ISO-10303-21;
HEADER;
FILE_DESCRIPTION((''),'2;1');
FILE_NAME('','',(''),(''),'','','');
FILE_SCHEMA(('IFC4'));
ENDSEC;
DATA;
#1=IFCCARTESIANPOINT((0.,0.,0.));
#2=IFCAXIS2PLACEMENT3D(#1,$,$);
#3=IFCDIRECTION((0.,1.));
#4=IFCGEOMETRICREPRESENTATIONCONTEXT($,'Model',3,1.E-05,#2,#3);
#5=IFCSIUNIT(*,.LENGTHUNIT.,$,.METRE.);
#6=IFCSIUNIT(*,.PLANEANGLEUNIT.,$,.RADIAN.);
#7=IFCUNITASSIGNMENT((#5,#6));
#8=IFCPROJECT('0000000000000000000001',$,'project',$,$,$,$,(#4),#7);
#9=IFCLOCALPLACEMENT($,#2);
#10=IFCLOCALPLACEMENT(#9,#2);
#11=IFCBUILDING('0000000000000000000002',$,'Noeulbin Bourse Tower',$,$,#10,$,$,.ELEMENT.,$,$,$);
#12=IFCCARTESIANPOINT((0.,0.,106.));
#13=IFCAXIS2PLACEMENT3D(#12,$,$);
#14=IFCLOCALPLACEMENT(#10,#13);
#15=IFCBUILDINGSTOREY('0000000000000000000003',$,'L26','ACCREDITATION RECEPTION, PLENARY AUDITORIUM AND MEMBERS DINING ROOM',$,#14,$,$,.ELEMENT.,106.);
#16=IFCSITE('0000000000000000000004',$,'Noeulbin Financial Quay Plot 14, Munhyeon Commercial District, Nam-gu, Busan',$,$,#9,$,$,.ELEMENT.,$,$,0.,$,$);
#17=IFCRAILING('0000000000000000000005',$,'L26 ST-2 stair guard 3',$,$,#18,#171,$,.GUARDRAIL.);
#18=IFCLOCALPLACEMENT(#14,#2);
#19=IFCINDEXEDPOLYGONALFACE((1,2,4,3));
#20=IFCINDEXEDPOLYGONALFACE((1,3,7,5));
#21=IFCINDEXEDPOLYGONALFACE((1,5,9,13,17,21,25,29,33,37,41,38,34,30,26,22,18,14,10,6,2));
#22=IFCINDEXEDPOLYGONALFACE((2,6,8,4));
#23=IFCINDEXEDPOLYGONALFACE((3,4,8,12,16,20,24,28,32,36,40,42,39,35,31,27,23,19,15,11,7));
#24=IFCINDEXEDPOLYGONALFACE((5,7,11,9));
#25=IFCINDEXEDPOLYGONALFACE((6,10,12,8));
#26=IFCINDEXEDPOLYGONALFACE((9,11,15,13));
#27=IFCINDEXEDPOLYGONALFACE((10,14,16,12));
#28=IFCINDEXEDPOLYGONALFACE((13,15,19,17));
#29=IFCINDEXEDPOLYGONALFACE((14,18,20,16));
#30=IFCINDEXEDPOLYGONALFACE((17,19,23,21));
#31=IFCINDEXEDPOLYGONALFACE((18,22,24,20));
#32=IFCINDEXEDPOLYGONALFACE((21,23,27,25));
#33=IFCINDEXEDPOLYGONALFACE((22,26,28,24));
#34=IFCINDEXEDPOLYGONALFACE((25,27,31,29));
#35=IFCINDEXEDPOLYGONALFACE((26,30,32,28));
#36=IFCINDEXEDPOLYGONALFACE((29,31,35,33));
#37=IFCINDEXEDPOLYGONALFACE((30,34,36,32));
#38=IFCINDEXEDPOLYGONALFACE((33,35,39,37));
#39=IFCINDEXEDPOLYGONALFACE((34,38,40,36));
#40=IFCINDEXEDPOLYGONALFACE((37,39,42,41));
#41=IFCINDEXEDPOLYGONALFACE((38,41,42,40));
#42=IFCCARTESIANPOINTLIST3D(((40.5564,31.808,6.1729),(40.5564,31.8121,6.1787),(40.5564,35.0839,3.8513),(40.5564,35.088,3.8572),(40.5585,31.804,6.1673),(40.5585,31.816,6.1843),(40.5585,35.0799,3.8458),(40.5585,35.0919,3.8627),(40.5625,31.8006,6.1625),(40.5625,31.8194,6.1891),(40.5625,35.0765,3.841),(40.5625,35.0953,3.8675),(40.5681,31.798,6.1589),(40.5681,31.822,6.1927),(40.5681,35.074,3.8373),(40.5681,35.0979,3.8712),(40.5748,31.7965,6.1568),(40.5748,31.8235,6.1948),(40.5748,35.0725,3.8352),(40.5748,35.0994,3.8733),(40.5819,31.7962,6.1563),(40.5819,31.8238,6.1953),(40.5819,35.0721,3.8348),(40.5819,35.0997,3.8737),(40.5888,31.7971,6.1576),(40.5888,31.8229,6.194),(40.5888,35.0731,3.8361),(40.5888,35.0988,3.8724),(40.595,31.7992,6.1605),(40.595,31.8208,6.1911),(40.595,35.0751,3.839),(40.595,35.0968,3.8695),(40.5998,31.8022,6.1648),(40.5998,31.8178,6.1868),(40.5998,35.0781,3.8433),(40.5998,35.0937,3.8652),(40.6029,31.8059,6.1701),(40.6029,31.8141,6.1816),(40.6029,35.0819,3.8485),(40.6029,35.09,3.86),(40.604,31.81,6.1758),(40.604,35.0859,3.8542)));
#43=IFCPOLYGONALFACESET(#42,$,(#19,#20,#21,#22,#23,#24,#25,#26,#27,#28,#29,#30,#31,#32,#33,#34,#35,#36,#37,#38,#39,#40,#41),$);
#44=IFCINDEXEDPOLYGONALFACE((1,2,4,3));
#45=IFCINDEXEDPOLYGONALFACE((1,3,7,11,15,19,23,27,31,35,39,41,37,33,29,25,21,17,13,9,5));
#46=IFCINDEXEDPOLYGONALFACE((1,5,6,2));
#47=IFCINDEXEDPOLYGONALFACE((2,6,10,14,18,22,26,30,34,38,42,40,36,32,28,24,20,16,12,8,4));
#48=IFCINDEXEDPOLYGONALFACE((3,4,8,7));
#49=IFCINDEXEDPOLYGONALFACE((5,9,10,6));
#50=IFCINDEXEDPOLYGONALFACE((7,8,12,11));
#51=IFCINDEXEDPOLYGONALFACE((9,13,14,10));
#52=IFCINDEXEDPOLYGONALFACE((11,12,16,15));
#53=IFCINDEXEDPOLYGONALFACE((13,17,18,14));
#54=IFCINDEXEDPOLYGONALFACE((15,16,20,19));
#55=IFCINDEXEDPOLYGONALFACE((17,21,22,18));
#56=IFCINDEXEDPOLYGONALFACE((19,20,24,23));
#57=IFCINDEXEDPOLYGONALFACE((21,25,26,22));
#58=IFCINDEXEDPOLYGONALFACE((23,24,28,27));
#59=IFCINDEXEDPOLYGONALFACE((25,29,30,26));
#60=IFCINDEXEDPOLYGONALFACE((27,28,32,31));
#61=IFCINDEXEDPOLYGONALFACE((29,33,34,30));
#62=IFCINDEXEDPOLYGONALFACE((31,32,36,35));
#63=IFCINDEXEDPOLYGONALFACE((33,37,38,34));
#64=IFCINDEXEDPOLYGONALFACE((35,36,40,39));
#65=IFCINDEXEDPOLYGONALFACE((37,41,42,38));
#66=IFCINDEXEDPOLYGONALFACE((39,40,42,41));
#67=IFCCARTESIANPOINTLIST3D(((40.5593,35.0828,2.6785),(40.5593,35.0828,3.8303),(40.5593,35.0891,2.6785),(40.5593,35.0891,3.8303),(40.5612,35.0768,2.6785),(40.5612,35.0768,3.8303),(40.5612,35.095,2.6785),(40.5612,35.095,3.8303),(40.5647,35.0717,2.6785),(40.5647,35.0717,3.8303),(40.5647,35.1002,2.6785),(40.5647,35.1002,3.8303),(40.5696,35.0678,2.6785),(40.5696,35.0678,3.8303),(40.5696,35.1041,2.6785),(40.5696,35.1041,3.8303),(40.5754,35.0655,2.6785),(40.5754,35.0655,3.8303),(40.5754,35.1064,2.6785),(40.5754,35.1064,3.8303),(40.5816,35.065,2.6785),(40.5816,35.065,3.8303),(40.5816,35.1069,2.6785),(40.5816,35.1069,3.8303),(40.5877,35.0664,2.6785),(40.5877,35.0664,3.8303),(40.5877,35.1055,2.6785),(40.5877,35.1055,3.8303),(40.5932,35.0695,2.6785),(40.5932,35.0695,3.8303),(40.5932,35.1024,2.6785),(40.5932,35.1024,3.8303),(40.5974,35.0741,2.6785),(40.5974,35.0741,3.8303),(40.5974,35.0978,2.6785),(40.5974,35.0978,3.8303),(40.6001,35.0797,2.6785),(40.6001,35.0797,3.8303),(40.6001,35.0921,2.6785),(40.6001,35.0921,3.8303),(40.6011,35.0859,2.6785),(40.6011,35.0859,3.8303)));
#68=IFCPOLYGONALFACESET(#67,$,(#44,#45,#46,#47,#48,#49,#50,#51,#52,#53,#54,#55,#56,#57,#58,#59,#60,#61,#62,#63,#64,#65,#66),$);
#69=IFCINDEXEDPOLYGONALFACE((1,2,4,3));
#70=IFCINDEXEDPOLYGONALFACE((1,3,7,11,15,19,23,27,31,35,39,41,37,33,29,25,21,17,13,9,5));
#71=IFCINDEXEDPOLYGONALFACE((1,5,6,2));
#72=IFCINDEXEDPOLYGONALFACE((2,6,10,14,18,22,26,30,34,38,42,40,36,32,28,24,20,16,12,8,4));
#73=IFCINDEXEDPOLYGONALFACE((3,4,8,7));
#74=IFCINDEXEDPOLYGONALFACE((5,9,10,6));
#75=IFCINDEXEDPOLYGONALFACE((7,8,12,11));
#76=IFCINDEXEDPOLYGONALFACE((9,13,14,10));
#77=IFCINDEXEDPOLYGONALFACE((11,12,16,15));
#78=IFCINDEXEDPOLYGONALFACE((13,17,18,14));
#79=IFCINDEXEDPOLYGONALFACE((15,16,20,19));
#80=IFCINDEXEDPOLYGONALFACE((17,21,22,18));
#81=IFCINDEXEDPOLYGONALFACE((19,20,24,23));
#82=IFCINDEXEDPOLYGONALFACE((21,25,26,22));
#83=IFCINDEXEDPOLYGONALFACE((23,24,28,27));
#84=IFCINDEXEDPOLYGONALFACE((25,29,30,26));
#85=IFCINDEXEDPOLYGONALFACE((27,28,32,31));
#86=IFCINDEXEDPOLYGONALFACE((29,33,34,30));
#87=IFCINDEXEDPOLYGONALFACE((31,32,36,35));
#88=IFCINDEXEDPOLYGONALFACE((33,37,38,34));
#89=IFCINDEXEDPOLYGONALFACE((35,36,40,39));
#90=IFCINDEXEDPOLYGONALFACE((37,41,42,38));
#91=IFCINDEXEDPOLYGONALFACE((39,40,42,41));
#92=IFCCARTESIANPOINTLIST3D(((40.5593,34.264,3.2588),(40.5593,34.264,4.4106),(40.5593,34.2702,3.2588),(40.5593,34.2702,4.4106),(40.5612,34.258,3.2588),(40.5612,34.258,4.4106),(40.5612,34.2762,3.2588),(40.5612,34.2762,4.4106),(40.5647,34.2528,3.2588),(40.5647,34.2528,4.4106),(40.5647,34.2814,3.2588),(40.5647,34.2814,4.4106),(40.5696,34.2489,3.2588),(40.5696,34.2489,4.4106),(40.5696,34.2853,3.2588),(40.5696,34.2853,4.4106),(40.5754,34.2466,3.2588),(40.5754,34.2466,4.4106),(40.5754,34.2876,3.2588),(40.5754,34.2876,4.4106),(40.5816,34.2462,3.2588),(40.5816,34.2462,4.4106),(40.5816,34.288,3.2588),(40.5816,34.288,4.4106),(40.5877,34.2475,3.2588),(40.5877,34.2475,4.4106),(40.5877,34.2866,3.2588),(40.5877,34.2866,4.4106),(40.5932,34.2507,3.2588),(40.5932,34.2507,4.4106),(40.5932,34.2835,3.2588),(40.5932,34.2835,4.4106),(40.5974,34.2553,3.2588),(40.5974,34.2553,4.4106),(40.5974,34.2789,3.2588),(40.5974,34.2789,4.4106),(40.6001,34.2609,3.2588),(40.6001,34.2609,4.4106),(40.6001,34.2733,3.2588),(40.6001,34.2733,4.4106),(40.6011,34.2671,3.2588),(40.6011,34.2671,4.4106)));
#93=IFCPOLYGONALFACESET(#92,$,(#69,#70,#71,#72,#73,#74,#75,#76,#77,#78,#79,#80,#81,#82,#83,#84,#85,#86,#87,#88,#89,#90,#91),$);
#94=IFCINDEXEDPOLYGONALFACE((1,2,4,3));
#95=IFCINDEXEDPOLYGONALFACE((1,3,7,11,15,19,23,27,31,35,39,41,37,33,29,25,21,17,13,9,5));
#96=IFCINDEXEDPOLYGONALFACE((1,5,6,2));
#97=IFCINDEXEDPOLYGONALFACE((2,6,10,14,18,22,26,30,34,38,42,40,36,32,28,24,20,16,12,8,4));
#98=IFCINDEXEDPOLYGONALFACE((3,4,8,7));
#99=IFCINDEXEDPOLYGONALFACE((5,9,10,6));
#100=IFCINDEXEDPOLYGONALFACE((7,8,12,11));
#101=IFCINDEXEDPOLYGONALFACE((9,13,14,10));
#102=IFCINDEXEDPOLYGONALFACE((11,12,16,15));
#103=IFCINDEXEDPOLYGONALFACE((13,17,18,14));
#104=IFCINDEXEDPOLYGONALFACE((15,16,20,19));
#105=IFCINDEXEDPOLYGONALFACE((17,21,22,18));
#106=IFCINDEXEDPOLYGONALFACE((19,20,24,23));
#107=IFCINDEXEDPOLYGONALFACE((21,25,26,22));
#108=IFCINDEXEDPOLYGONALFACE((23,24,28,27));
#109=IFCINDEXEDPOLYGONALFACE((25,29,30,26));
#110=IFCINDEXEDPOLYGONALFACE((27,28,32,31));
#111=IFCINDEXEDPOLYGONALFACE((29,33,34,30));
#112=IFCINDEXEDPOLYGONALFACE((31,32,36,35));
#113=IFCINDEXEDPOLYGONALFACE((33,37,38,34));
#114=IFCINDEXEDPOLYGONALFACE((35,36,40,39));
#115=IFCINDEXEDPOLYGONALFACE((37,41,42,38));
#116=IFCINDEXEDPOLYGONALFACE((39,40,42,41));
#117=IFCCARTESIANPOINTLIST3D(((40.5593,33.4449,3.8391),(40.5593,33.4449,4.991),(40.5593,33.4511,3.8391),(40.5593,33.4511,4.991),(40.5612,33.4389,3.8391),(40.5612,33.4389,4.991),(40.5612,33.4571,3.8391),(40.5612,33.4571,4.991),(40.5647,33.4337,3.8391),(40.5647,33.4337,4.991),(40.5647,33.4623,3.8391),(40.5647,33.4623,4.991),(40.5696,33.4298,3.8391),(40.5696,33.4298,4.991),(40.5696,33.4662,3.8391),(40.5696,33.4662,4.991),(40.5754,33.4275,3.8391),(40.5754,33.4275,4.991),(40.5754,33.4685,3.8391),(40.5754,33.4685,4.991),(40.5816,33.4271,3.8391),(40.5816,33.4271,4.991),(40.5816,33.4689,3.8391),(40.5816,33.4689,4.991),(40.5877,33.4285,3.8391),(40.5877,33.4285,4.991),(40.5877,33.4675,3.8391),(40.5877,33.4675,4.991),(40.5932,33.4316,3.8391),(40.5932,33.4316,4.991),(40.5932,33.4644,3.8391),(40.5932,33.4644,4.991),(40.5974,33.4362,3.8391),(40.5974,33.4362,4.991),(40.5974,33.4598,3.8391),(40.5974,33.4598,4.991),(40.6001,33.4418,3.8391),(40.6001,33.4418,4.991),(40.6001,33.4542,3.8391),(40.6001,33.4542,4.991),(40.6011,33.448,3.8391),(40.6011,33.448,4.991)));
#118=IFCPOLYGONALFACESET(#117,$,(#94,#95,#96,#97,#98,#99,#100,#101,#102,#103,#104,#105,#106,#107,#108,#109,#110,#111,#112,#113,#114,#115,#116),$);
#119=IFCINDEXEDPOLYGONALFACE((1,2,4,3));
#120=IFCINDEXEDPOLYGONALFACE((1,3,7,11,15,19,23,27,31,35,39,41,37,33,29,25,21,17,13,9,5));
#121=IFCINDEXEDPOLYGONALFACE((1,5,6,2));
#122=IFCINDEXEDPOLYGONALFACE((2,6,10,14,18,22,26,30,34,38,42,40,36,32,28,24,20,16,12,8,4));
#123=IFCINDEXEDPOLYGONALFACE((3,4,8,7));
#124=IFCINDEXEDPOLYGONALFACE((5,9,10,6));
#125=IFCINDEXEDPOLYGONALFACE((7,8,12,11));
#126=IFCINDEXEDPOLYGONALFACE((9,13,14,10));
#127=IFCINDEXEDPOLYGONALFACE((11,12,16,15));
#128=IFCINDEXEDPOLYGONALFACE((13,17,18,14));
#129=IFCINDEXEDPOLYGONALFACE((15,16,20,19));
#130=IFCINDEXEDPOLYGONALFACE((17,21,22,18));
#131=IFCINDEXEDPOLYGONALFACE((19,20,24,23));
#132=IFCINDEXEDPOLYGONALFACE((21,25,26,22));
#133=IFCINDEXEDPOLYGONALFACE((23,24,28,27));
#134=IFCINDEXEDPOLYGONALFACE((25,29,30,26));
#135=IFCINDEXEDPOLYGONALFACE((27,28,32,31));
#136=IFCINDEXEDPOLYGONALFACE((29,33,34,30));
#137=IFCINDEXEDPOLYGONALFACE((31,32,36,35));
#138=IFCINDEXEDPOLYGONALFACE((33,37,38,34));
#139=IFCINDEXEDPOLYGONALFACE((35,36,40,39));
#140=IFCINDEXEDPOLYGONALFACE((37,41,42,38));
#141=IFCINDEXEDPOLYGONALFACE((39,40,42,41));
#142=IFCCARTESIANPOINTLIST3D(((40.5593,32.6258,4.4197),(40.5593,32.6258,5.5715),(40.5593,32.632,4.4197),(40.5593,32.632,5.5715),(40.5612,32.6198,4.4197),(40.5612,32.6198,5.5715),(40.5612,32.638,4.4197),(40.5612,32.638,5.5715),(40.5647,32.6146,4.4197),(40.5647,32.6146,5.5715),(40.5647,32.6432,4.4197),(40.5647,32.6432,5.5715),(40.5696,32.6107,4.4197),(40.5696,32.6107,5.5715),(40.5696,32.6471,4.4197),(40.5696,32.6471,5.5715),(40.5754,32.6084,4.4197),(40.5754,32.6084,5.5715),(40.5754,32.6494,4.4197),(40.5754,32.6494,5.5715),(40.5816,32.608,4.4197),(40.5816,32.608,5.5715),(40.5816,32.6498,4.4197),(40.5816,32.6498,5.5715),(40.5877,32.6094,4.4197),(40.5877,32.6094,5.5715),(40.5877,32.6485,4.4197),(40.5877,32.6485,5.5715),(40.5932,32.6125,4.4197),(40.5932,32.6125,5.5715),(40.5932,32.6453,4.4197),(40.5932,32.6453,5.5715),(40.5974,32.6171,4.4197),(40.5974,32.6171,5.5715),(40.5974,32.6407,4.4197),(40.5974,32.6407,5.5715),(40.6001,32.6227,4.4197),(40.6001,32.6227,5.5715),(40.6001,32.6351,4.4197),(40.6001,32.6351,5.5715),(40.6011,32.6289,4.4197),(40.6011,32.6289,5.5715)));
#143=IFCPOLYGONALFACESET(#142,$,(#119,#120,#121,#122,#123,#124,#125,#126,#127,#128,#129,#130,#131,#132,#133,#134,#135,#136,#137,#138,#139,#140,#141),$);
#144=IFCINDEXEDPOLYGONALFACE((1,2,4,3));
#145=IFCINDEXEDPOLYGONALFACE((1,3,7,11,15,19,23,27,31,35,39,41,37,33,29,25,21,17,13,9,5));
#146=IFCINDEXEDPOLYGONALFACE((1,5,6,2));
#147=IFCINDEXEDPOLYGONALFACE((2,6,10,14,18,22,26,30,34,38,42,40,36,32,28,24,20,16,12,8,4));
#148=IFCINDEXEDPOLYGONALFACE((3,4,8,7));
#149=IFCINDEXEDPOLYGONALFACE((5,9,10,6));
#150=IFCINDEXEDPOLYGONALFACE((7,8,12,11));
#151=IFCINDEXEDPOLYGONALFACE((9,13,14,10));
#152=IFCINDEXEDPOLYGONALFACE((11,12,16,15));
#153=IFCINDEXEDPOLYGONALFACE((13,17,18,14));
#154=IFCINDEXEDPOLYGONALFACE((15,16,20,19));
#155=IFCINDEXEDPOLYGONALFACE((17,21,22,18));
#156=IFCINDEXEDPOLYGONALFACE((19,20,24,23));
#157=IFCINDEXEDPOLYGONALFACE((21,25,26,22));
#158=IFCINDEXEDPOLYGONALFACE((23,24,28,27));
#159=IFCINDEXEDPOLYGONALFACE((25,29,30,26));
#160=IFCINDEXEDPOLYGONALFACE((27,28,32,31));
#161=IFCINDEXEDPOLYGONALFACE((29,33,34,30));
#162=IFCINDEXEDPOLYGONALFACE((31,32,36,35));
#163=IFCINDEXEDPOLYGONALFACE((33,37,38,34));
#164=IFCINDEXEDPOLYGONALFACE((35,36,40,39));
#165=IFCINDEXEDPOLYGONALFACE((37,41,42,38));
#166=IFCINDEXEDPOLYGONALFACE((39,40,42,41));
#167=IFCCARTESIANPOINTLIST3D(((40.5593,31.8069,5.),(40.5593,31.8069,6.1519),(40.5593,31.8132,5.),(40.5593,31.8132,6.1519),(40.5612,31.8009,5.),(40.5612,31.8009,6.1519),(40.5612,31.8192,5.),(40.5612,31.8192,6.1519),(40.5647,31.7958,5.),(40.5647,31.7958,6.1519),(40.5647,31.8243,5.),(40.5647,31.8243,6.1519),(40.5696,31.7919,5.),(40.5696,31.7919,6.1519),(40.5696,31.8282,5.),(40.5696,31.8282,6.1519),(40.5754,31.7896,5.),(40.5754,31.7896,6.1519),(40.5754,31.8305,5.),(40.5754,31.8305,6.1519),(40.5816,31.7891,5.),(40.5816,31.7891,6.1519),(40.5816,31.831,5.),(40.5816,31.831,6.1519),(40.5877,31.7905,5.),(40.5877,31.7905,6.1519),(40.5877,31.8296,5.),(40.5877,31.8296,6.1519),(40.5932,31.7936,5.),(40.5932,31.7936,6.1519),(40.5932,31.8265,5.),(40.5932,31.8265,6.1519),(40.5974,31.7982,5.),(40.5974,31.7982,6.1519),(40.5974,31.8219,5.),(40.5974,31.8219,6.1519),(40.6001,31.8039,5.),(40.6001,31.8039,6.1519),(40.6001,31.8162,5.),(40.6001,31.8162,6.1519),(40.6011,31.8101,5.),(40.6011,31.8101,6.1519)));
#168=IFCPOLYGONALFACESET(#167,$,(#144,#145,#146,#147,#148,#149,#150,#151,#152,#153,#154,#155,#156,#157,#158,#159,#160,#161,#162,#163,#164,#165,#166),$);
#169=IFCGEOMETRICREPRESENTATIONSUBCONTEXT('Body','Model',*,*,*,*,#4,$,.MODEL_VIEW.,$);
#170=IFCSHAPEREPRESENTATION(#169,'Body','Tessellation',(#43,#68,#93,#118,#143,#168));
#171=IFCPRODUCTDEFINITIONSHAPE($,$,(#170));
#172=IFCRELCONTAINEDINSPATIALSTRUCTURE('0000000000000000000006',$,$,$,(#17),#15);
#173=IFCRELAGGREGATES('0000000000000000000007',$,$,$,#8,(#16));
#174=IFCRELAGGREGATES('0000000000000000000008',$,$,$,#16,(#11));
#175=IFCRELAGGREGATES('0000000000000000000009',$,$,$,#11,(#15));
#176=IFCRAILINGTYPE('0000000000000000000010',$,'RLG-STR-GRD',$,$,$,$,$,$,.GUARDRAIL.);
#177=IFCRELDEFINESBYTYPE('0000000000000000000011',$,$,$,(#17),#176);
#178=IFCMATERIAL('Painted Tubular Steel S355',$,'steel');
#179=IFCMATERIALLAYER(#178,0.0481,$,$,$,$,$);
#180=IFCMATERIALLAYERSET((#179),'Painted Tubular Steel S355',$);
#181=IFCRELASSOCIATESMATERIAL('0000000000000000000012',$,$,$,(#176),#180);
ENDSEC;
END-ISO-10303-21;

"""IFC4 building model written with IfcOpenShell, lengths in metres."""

from ifc_helpers import new_model, si_unit, direction, frame, origin, origin_2d, place, context, subcontext, project, spatial, circle, extrude, material, layer, layer_set, type_object, element, save


model = new_model("IFC4")

# Units and contexts
model_context = context("Model", 3, precision=1e-05, world=origin(), true_north=direction((0.0, 1.0)))
body_context = subcontext(model_context, "Body", "Model", "MODEL_VIEW")
ifc_project = project(units=[si_unit("LENGTHUNIT", "METRE"), si_unit("PLANEANGLEUNIT", "RADIAN")], contexts=[model_context])

# Site, building, storey
site_placement = place(None, origin())
site = spatial("IfcSite", under=ifc_project, at=site_placement, Name="Noeulbin Financial Quay Plot 14, Munhyeon Commercial District, Nam-gu, Busan", CompositionType="ELEMENT", RefElevation=0.0)
building_placement = place(site_placement, origin())
building = spatial("IfcBuilding", under=site, at=building_placement, Name="Noeulbin Bourse Tower", CompositionType="ELEMENT")
storey_placement = place(building_placement, frame((0.0, 0.0, 106.0)))
storey = spatial("IfcBuildingStorey", under=building, at=storey_placement, Name="L26", Description="ACCREDITATION RECEPTION, PLENARY AUDITORIUM AND MEMBERS DINING ROOM", CompositionType="ELEMENT", Elevation=106.0)

# Railing
ifc_material_1 = material(Name="Painted Tubular Steel S355", Category="steel")
ifc_layer_1 = layer(ifc_material_1, 0.0481)
ifc_layer_set_1 = layer_set([ifc_layer_1], Name="Painted Tubular Steel S355")
railing_type_1 = type_object("IfcRailingType", Name="RLG-STR-GRD", PredefinedType="GUARDRAIL", material=ifc_layer_set_1)
railing_1_placement = place(storey_placement, frame((40.5801, 35.0859, 2.6785)))
element("IfcRailing", 1, at=railing_1_placement, inside=storey, type_object=railing_type_1, Name="L26 ST-2 stair guard 3", PredefinedType="GUARDRAIL", context=body_context, shape_type="SweptSolid", body=[
    extrude(circle(Radius=0.0239, at=origin_2d()), frame((0.0, 0.0, 1.1758), z_axis=(0.0, -0.815893, 0.578203), x_axis=(1.0, 0.0, 0.0)), (0.0, 0.0, 1.0), 4.0151),
    extrude(circle(Radius=0.021, at=origin_2d()), origin(), (0.0, 0.0, 1.0), 1.1519),
    extrude(circle(Radius=0.021, at=origin_2d()), frame((0.0, -0.8188, 0.5803)), (0.0, 0.0, 1.0), 1.1519),
    extrude(circle(Radius=0.021, at=origin_2d()), frame((0.0, -1.6379, 1.1606)), (0.0, 0.0, 1.0), 1.1519),
    extrude(circle(Radius=0.021, at=origin_2d()), frame((0.0, -2.457, 1.7412)), (0.0, 0.0, 1.0), 1.1519),
    extrude(circle(Radius=0.021, at=origin_2d()), frame((0.0, -3.2759, 2.3215)), (0.0, 0.0, 1.0), 1.1519),
])

save(model, "model.ifc")
